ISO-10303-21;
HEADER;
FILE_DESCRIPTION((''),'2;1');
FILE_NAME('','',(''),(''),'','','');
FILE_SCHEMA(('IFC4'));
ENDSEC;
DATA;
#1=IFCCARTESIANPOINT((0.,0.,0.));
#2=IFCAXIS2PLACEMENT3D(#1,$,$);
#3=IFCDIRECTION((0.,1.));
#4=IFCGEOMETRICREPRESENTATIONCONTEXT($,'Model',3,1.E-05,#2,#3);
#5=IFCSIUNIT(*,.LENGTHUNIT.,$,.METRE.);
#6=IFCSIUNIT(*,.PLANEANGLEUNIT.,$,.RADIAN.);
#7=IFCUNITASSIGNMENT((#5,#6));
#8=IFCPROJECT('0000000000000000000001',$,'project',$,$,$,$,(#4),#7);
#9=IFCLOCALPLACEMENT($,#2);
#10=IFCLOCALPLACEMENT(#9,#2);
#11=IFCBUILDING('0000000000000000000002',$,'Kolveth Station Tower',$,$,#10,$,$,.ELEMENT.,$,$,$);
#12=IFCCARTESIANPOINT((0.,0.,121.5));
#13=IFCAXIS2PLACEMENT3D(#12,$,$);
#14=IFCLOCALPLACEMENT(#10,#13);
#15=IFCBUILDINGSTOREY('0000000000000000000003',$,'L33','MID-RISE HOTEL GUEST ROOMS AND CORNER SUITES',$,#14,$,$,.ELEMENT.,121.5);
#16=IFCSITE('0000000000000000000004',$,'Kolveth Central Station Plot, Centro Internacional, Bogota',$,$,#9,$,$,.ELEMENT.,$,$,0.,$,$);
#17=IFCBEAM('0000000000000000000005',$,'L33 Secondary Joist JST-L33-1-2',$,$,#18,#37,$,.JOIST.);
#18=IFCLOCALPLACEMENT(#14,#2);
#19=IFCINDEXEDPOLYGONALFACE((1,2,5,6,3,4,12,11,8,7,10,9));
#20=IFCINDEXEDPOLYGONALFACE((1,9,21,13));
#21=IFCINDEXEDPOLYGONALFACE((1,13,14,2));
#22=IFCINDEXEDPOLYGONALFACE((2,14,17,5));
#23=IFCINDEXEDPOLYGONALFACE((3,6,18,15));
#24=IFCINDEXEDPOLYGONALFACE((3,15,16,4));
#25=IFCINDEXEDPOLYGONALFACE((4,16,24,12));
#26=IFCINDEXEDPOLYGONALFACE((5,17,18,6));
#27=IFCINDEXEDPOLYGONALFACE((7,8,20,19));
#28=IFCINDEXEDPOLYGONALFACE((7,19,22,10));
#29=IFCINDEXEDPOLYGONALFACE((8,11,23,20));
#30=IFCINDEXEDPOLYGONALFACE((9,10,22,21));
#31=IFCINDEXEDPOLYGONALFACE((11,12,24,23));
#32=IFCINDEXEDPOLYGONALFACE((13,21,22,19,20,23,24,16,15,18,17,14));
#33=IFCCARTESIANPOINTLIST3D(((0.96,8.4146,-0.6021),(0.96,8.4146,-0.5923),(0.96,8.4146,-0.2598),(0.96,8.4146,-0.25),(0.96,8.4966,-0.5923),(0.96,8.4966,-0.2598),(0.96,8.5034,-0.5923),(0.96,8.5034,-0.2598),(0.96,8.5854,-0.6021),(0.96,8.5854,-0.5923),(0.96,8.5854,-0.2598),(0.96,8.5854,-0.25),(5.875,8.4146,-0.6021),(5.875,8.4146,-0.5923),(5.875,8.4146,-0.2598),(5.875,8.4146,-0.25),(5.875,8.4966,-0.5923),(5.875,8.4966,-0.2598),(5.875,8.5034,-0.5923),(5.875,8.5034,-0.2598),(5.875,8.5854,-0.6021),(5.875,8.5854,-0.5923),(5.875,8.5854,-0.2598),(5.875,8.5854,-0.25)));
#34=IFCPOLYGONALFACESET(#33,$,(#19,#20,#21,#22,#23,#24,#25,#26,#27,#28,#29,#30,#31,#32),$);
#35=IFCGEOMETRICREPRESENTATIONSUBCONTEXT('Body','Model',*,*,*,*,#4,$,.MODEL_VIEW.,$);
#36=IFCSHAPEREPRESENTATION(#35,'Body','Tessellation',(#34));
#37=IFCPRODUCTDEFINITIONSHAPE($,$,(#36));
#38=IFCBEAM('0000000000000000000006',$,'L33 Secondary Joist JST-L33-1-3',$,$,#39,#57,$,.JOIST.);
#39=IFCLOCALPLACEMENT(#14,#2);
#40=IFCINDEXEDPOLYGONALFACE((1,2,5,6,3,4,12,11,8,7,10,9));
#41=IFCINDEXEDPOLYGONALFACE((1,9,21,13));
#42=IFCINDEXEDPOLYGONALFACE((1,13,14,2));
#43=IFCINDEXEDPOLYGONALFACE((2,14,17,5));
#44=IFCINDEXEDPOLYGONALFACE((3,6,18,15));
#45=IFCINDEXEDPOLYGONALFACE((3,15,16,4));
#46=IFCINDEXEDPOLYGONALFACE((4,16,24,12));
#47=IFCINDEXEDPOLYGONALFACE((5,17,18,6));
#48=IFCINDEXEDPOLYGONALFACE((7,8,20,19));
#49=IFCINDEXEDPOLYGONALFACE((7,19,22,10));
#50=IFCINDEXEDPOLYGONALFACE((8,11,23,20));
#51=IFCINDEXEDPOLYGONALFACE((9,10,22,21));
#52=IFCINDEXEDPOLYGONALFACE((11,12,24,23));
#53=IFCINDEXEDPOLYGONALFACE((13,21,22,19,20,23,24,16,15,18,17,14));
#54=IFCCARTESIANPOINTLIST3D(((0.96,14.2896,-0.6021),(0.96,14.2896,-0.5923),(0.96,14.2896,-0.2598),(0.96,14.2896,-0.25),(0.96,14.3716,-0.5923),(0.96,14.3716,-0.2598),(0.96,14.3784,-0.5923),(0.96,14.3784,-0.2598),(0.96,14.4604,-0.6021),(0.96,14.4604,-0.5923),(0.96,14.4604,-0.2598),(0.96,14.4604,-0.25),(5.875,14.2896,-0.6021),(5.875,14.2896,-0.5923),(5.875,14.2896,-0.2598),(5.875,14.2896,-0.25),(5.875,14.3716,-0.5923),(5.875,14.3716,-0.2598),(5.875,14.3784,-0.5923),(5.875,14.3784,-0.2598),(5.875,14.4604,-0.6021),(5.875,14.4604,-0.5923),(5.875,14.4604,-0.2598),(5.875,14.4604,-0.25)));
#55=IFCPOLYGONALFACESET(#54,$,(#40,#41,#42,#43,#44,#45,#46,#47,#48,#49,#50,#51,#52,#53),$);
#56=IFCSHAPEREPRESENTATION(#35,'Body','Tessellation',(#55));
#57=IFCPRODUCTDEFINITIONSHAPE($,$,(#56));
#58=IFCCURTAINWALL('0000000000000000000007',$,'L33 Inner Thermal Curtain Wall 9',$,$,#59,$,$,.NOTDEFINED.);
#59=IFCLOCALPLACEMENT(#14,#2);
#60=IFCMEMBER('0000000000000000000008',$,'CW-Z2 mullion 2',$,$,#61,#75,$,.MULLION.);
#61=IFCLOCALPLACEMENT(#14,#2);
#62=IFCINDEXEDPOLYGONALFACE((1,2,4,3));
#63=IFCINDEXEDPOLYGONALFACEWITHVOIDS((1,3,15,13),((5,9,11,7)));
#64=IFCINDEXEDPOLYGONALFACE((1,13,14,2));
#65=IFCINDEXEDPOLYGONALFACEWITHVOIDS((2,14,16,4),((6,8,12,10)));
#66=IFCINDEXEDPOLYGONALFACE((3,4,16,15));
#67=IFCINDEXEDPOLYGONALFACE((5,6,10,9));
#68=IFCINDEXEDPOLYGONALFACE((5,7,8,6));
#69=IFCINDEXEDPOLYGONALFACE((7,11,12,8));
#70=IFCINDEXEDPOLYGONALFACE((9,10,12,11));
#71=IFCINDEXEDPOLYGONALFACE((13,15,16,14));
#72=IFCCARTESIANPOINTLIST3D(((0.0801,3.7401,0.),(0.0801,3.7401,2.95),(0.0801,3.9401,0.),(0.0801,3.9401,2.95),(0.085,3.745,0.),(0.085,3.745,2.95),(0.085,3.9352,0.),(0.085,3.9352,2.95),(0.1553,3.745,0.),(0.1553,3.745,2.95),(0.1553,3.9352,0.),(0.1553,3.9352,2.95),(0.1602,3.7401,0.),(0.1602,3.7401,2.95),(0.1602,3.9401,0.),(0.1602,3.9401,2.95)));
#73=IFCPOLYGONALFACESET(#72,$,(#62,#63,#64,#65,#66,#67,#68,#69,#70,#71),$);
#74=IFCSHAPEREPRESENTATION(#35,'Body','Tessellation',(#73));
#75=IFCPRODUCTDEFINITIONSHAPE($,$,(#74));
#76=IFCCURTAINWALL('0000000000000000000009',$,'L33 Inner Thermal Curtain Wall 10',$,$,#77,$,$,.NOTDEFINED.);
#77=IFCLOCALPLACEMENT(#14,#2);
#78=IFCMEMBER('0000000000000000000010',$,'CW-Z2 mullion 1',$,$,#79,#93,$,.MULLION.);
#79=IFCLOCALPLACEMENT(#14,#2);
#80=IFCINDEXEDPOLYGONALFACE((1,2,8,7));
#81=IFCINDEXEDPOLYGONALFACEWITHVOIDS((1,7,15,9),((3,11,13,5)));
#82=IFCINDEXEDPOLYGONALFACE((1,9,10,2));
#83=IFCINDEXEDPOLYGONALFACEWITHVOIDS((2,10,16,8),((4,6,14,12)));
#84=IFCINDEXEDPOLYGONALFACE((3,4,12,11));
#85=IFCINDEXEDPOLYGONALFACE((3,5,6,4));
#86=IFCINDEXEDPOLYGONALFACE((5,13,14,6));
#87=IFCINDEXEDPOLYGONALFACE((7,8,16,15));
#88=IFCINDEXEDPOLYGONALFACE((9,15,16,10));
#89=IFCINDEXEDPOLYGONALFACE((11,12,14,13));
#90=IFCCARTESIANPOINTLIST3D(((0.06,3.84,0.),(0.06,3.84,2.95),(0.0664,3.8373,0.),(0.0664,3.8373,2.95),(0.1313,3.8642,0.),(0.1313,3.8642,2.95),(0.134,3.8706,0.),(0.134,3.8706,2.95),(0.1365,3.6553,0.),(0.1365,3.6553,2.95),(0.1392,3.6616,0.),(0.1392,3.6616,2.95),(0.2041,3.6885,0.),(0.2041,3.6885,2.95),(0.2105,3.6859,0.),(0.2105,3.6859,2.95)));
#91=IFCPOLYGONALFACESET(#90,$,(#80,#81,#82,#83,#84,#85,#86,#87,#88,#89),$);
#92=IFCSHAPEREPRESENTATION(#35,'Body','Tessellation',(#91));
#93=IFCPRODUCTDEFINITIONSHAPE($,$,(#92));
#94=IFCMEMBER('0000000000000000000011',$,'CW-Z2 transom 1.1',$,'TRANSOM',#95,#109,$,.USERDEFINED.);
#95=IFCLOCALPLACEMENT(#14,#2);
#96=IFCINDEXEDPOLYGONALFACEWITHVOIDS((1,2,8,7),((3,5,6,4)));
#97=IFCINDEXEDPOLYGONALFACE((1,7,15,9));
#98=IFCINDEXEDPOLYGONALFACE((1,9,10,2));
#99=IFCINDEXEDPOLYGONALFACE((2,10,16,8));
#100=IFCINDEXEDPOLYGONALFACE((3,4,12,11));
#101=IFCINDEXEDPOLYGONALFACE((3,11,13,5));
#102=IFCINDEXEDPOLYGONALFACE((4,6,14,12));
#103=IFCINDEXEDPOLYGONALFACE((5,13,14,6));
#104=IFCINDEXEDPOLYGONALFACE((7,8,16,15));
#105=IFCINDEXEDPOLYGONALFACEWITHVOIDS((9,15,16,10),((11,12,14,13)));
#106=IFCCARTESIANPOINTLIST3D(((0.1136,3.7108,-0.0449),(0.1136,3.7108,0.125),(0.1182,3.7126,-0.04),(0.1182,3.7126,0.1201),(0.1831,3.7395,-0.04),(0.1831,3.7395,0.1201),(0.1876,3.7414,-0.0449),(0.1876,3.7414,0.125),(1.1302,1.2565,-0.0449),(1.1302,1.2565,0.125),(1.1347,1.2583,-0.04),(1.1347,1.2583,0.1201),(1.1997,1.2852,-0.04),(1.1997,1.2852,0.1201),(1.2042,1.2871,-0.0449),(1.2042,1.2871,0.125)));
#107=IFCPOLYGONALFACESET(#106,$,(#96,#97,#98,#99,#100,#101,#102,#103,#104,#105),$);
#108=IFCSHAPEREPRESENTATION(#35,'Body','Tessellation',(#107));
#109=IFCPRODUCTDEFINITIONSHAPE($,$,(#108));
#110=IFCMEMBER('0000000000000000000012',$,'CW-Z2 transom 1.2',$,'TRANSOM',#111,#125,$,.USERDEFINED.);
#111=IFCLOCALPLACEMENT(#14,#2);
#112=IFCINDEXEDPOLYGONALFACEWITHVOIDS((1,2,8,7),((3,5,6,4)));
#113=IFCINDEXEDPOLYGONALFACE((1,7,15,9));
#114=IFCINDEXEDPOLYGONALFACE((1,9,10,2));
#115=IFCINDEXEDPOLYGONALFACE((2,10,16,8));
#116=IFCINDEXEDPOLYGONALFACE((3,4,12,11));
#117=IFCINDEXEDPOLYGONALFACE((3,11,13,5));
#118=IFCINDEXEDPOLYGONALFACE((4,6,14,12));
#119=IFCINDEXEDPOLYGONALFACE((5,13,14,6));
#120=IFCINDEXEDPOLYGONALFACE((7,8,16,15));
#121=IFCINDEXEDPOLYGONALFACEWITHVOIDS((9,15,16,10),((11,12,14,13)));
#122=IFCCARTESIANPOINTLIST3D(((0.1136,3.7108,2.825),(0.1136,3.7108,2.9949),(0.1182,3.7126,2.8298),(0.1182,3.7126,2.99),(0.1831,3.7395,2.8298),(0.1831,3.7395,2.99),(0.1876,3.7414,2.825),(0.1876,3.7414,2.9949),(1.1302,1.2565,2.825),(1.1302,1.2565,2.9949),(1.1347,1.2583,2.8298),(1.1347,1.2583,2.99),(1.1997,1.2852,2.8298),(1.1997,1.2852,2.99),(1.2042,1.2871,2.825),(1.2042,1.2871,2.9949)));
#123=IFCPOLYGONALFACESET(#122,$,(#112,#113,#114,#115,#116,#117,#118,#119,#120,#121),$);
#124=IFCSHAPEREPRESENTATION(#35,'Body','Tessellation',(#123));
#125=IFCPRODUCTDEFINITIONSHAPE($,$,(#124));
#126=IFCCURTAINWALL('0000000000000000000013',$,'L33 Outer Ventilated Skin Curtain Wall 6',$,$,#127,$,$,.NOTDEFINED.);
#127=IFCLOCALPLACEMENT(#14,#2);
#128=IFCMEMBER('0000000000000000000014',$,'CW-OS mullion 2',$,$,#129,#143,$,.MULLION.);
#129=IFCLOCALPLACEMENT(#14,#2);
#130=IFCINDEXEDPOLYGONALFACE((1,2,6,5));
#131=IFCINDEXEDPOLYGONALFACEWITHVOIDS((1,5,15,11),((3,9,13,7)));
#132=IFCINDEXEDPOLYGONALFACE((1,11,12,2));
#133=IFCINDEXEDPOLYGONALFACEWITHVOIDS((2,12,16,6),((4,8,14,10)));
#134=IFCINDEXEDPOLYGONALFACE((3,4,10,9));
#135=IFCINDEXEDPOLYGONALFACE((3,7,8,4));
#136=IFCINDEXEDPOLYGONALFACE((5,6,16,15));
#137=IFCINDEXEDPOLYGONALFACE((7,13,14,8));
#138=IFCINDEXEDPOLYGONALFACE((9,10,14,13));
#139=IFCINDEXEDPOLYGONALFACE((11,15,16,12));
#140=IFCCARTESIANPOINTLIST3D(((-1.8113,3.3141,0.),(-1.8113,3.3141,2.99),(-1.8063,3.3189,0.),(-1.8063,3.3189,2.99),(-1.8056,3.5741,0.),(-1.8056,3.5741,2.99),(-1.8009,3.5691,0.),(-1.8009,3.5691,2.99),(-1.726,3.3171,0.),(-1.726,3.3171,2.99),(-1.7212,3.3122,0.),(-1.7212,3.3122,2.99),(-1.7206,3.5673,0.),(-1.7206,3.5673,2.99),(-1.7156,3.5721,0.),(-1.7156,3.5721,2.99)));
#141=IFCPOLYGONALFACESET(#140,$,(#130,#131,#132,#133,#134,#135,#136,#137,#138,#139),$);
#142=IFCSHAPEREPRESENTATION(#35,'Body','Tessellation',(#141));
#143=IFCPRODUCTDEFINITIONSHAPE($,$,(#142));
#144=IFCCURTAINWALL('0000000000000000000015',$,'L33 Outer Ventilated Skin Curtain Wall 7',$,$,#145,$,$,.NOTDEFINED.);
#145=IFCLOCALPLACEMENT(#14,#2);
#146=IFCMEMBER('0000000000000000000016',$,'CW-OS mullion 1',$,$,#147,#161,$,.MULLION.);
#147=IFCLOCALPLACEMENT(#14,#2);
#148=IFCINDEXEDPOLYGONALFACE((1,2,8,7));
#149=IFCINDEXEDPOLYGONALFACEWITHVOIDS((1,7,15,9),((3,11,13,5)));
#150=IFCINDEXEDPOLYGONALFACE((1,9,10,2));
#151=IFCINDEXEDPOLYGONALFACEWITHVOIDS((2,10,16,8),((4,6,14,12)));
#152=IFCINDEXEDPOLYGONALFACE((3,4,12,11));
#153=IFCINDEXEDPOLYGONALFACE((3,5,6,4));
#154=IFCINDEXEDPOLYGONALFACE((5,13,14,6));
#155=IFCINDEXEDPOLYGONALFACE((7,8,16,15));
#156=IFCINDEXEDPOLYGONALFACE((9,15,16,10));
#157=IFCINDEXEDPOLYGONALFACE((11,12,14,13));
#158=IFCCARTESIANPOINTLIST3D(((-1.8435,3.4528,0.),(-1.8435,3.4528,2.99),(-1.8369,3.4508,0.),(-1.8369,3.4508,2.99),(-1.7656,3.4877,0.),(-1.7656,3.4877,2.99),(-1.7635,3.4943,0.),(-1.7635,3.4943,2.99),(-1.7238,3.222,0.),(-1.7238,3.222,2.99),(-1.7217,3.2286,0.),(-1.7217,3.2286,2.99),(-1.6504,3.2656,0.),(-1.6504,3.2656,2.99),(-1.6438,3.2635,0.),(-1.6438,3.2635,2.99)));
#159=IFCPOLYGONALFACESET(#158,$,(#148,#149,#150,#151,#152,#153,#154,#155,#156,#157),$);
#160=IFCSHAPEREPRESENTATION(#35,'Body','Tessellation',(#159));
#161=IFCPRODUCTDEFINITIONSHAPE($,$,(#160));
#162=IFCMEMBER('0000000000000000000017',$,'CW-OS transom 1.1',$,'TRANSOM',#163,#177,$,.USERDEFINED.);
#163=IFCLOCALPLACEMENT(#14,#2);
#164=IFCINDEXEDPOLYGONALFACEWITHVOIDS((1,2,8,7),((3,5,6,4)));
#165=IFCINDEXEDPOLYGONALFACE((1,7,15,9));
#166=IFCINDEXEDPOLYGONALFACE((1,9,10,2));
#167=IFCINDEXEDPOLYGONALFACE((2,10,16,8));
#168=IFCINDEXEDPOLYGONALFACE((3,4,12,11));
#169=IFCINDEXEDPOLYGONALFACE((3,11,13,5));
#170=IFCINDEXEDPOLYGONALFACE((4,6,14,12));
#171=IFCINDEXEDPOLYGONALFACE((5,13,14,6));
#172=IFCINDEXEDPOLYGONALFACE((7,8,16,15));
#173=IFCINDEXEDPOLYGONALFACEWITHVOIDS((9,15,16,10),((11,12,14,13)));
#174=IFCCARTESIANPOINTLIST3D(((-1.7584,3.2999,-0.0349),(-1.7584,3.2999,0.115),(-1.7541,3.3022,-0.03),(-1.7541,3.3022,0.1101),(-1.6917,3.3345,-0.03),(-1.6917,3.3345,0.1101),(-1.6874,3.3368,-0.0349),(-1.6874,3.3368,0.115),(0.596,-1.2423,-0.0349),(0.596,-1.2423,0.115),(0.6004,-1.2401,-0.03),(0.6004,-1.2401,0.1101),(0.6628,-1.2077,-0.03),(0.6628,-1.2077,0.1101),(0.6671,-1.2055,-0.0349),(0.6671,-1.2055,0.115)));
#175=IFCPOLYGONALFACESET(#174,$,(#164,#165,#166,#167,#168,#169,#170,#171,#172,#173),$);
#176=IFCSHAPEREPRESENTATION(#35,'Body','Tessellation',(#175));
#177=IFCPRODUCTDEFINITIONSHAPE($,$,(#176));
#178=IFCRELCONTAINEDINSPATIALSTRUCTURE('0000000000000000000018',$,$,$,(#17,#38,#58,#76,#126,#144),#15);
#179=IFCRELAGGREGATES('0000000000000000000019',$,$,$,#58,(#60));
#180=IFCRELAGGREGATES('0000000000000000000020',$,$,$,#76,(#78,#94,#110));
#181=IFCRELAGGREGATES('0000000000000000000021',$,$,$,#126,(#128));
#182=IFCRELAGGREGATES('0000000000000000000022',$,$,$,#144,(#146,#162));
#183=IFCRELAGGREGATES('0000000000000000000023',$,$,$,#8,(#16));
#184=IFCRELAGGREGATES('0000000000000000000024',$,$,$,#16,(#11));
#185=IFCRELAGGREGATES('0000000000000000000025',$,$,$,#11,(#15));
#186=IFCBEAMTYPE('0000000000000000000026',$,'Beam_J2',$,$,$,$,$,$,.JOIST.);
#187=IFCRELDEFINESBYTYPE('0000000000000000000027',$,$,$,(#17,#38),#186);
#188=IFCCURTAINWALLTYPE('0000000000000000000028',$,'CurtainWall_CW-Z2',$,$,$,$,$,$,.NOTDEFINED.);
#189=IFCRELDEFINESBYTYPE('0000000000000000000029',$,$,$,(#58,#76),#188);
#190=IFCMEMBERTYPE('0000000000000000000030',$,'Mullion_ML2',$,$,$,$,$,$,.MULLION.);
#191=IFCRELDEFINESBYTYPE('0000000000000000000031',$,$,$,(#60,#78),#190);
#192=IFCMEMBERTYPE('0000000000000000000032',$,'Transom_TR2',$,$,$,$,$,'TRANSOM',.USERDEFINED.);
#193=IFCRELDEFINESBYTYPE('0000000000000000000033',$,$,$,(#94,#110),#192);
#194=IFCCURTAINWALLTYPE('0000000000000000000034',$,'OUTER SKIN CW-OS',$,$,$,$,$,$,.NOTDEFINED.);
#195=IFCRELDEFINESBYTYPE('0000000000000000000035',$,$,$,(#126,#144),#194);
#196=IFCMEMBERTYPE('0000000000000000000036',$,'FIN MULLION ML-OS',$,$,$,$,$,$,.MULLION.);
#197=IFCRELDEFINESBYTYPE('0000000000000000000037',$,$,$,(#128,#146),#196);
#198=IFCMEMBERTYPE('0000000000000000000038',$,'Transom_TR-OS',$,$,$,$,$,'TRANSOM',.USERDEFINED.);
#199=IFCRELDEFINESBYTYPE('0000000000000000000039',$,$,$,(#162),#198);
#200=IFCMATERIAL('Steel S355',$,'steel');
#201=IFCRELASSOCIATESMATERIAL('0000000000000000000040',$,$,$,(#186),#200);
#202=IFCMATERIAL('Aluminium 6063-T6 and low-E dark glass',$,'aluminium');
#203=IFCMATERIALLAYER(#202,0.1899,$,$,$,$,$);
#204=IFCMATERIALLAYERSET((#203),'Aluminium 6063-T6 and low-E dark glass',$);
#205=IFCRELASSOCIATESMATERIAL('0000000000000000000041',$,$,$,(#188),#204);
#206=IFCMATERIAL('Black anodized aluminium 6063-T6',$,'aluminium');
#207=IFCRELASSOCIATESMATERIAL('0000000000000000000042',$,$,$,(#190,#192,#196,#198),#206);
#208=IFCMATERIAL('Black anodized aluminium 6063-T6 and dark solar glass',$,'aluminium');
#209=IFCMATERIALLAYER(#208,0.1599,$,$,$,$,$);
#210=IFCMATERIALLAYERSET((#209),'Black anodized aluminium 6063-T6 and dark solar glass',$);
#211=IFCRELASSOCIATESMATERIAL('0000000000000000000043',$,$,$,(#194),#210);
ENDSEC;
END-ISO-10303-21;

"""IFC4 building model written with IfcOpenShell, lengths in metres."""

from ifc_helpers import new_model, si_unit, direction, frame, origin, origin_2d, place, context, subcontext, project, spatial, hollow_rectangle, i_section, extrude, source, transform, mapped, material, layer, layer_set, material_profile, profile_set, type_object, element, aggregate, save


model = new_model("IFC4")

# Units and contexts
model_context = context("Model", 3, precision=1e-05, world=origin(), true_north=direction((0.0, 1.0)))
body_context = subcontext(model_context, "Body", "Model", "MODEL_VIEW")
ifc_project = project(units=[si_unit("LENGTHUNIT", "METRE"), si_unit("PLANEANGLEUNIT", "RADIAN")], contexts=[model_context])

# Site, building, storey
site_placement = place(None, origin())
site = spatial("IfcSite", under=ifc_project, at=site_placement, Name="Kolveth Central Station Plot, Centro Internacional, Bogota", CompositionType="ELEMENT", RefElevation=0.0)
building_placement = place(site_placement, origin())
building = spatial("IfcBuilding", under=site, at=building_placement, Name="Kolveth Station Tower", CompositionType="ELEMENT")
storey_placement = place(building_placement, frame((0.0, 0.0, 121.5)))
storey = spatial("IfcBuildingStorey", under=building, at=storey_placement, Name="L33", Description="MID-RISE HOTEL GUEST ROOMS AND CORNER SUITES", CompositionType="ELEMENT", Elevation=121.5)

# Beams
ifc_material_1 = material(Name="Steel S355", Category="steel")
ifc_material_profile_1 = material_profile(ifc_material_1, i_section(OverallWidth=0.1709, OverallDepth=0.3521, WebThickness=0.0068, FlangeThickness=0.0098, at=origin_2d()), Name="W360x44")
ifc_profile_set_1 = profile_set([ifc_material_profile_1], Name="Steel S355")
beam_type_1 = type_object("IfcBeamType", Name="Beam_J2", PredefinedType="JOIST", material=ifc_profile_set_1)
shared_shape_1 = source(origin(), body_context, "Body", "SweptSolid", [
    extrude(i_section(OverallWidth=0.1709, OverallDepth=0.3521, WebThickness=0.0068, FlangeThickness=0.0098, at=origin_2d()), origin(), (0.0, 0.0, 1.0), 4.915),
])
for number, where, z_axis, x_axis, name in (
    (1, (0.96, 8.5, -0.426), (1.0, 0.0, 0.0), (0.0, 1.0, 0.0), "L33 Secondary Joist JST-L33-1-2"),
    (2, (0.96, 14.375, -0.426), (1.0, 0.0, 0.0), (0.0, 1.0, 0.0), "L33 Secondary Joist JST-L33-1-3"),
):
    element("IfcBeam", number, at=place(storey_placement, frame(where, z_axis=z_axis, x_axis=x_axis)), inside=storey, type_object=beam_type_1, Name=name, PredefinedType="JOIST", context=body_context, shape_type="MappedRepresentation", body=[
        mapped(shared_shape_1, transform((0.0, 0.0, 0.0), x_axis=(1.0, 0.0, 0.0), y_axis=(0.0, 1.0, 0.0), z_axis=(0.0, 0.0, 1.0), scale=1.0)),
    ])

# Curtain wall, member
ifc_material_2 = material(Name="Aluminium 6063-T6 and low-E dark glass", Category="aluminium")
ifc_layer_1 = layer(ifc_material_2, 0.1899)
ifc_layer_set_1 = layer_set([ifc_layer_1], Name="Aluminium 6063-T6 and low-E dark glass")
curtain_wall_type_1 = type_object("IfcCurtainWallType", Name="CurtainWall_CW-Z2", PredefinedType="NOTDEFINED", material=ifc_layer_set_1)
curtain_wall_1_placement = place(storey_placement, origin())
curtain_wall_1 = element("IfcCurtainWall", 3, at=curtain_wall_1_placement, inside=storey, type_object=curtain_wall_type_1, Name="L33 Inner Thermal Curtain Wall 9", PredefinedType="NOTDEFINED")
ifc_material_3 = material(Name="Black anodized aluminium 6063-T6", Category="aluminium")
ifc_material_profile_2 = material_profile(ifc_material_3, hollow_rectangle(XDim=0.0801, YDim=0.2, WallThickness=0.0049, at=origin_2d()), Name="ALU-80x200x5")
ifc_profile_set_2 = profile_set([ifc_material_profile_2], Name="Black anodized aluminium 6063-T6")
member_type_1 = type_object("IfcMemberType", Name="Mullion_ML2", PredefinedType="MULLION", material=ifc_profile_set_2)
shared_shape_2 = source(origin(), body_context, "Body", "SweptSolid", [
    extrude(hollow_rectangle(XDim=0.0801, YDim=0.2, WallThickness=0.0049, at=origin_2d()), origin(), (0.0, 0.0, 1.0), 2.95),
])
member_1_placement = place(storey_placement, frame((0.1201, 3.8401, 0.0), z_axis=(0.0, 0.0, 1.0), x_axis=(1.0, 0.0, 0.0)))
member_1 = element("IfcMember", 4, at=member_1_placement, type_object=member_type_1, Name="CW-Z2 mullion 2", PredefinedType="MULLION", context=body_context, shape_type="MappedRepresentation", body=[
    mapped(shared_shape_2, transform((0.0, 0.0, 0.0), x_axis=(1.0, 0.0, 0.0), y_axis=(0.0, 1.0, 0.0), z_axis=(0.0, 0.0, 1.0), scale=1.0)),
])
aggregate(curtain_wall_1, [member_1])

# Curtain wall, members
curtain_wall_2_placement = place(storey_placement, origin())
curtain_wall_2 = element("IfcCurtainWall", 5, at=curtain_wall_2_placement, inside=storey, type_object=curtain_wall_type_1, Name="L33 Inner Thermal Curtain Wall 10", PredefinedType="NOTDEFINED")
member_2_placement = place(storey_placement, frame((0.1353, 3.7629, 0.0), z_axis=(0.0, 0.0, 1.0), x_axis=(0.923888, 0.382663, 0.0)))
member_2 = element("IfcMember", 6, at=member_2_placement, type_object=member_type_1, Name="CW-Z2 mullion 1", PredefinedType="MULLION", context=body_context, shape_type="MappedRepresentation", body=[
    mapped(shared_shape_2, transform((0.0, 0.0, 0.0), x_axis=(1.0, 0.0, 0.0), y_axis=(0.0, 1.0, 0.0), z_axis=(0.0, 0.0, 1.0), scale=1.0)),
])
ifc_material_profile_3 = material_profile(ifc_material_3, hollow_rectangle(XDim=0.0801, YDim=0.1699, WallThickness=0.0049, at=origin_2d()), Name="ALU-80x170x5")
ifc_profile_set_3 = profile_set([ifc_material_profile_3], Name="Black anodized aluminium 6063-T6")
member_type_2 = type_object("IfcMemberType", Name="Transom_TR2", ElementType="TRANSOM", PredefinedType="USERDEFINED", material=ifc_profile_set_3)
shared_shape_3 = source(origin(), body_context, "Body", "SweptSolid", [
    extrude(hollow_rectangle(XDim=0.0801, YDim=0.1699, WallThickness=0.0049, at=origin_2d()), origin(), (0.0, 0.0, 1.0), 2.6565),
])
member_3_placement = place(storey_placement, frame((0.1506, 3.7261, 0.04), z_axis=(0.382676, -0.923882, 0.0), x_axis=(0.923882, 0.382676, 0.0)))
member_3 = element("IfcMember", 7, at=member_3_placement, type_object=member_type_2, Name="CW-Z2 transom 1.1", ObjectType="TRANSOM", PredefinedType="USERDEFINED", context=body_context, shape_type="MappedRepresentation", body=[
    mapped(shared_shape_3, transform((0.0, 0.0, 0.0), x_axis=(1.0, 0.0, 0.0), y_axis=(0.0, 1.0, 0.0), z_axis=(0.0, 0.0, 1.0), scale=1.0)),
])
member_4_placement = place(storey_placement, frame((0.1506, 3.7261, 2.9099), z_axis=(0.382676, -0.923882, 0.0), x_axis=(0.923882, 0.382676, 0.0)))
member_4 = element("IfcMember", 8, at=member_4_placement, type_object=member_type_2, Name="CW-Z2 transom 1.2", ObjectType="TRANSOM", PredefinedType="USERDEFINED", context=body_context, shape_type="MappedRepresentation", body=[
    mapped(shared_shape_3, transform((0.0, 0.0, 0.0), x_axis=(1.0, 0.0, 0.0), y_axis=(0.0, 1.0, 0.0), z_axis=(0.0, 0.0, 1.0), scale=1.0)),
])
aggregate(curtain_wall_2, [member_2, member_3, member_4])

# Curtain wall, member
ifc_material_4 = material(Name="Black anodized aluminium 6063-T6 and dark solar glass", Category="aluminium")
ifc_layer_2 = layer(ifc_material_4, 0.1599)
ifc_layer_set_2 = layer_set([ifc_layer_2], Name="Black anodized aluminium 6063-T6 and dark solar glass")
curtain_wall_type_2 = type_object("IfcCurtainWallType", Name="OUTER SKIN CW-OS", PredefinedType="NOTDEFINED", material=ifc_layer_set_2)
curtain_wall_3_placement = place(storey_placement, origin())
curtain_wall_3 = element("IfcCurtainWall", 9, at=curtain_wall_3_placement, inside=storey, type_object=curtain_wall_type_2, Name="L33 Outer Ventilated Skin Curtain Wall 6", PredefinedType="NOTDEFINED")
ifc_material_profile_4 = material_profile(ifc_material_3, hollow_rectangle(XDim=0.0901, YDim=0.26, WallThickness=0.0049, at=origin_2d()), Name="ALU-90x260x5")
ifc_profile_set_4 = profile_set([ifc_material_profile_4], Name="Black anodized aluminium 6063-T6")
member_type_3 = type_object("IfcMemberType", Name="FIN MULLION ML-OS", PredefinedType="MULLION", material=ifc_profile_set_4)
shared_shape_4 = source(origin(), body_context, "Body", "SweptSolid", [
    extrude(hollow_rectangle(XDim=0.0901, YDim=0.26, WallThickness=0.0049, at=origin_2d()), origin(), (0.0, 0.0, 1.0), 2.99),
])
member_5_placement = place(storey_placement, frame((-1.7634, 3.4431, 0.0), z_axis=(0.0, 0.0, 1.0), x_axis=(0.999763, -0.021759, 0.0)))
member_5 = element("IfcMember", 10, at=member_5_placement, type_object=member_type_3, Name="CW-OS mullion 2", PredefinedType="MULLION", context=body_context, shape_type="MappedRepresentation", body=[
    mapped(shared_shape_4, transform((0.0, 0.0, 0.0), x_axis=(1.0, 0.0, 0.0), y_axis=(0.0, 1.0, 0.0), z_axis=(0.0, 0.0, 1.0), scale=1.0)),
])
aggregate(curtain_wall_3, [member_5])

# Curtain wall, members
curtain_wall_4_placement = place(storey_placement, origin())
curtain_wall_4 = element("IfcCurtainWall", 11, at=curtain_wall_4_placement, inside=storey, type_object=curtain_wall_type_2, Name="L33 Outer Ventilated Skin Curtain Wall 7", PredefinedType="NOTDEFINED")
member_6_placement = place(storey_placement, frame((-1.7437, 3.3582, 0.0), z_axis=(0.0, 0.0, 1.0), x_axis=(0.887795, 0.460239, 0.0)))
member_6 = element("IfcMember", 12, at=member_6_placement, type_object=member_type_3, Name="CW-OS mullion 1", PredefinedType="MULLION", context=body_context, shape_type="MappedRepresentation", body=[
    mapped(shared_shape_4, transform((0.0, 0.0, 0.0), x_axis=(1.0, 0.0, 0.0), y_axis=(0.0, 1.0, 0.0), z_axis=(0.0, 0.0, 1.0), scale=1.0)),
])
ifc_material_profile_5 = material_profile(ifc_material_3, hollow_rectangle(XDim=0.0801, YDim=0.1499, WallThickness=0.0049, at=origin_2d()), Name="ALU-80x150x5")
ifc_profile_set_5 = profile_set([ifc_material_profile_5], Name="Black anodized aluminium 6063-T6")
member_type_4 = type_object("IfcMemberType", Name="Transom_TR-OS", ElementType="TRANSOM", PredefinedType="USERDEFINED", material=ifc_profile_set_5)
shared_shape_5 = source(origin(), body_context, "Body", "SweptSolid", [
    extrude(hollow_rectangle(XDim=0.0801, YDim=0.1499, WallThickness=0.0049, at=origin_2d()), origin(), (0.0, 0.0, 1.0), 5.1162),
])
member_7_placement = place(storey_placement, frame((-1.7229, 3.3184, 0.04), z_axis=(0.460203, -0.887814, 0.0), x_axis=(0.887814, 0.460203, 0.0)))
member_7 = element("IfcMember", 13, at=member_7_placement, type_object=member_type_4, Name="CW-OS transom 1.1", ObjectType="TRANSOM", PredefinedType="USERDEFINED", context=body_context, shape_type="MappedRepresentation", body=[
    mapped(shared_shape_5, transform((0.0, 0.0, 0.0), x_axis=(1.0, 0.0, 0.0), y_axis=(0.0, 1.0, 0.0), z_axis=(0.0, 0.0, 1.0), scale=1.0)),
])
aggregate(curtain_wall_4, [member_6, member_7])

save(model, "model.ifc")
